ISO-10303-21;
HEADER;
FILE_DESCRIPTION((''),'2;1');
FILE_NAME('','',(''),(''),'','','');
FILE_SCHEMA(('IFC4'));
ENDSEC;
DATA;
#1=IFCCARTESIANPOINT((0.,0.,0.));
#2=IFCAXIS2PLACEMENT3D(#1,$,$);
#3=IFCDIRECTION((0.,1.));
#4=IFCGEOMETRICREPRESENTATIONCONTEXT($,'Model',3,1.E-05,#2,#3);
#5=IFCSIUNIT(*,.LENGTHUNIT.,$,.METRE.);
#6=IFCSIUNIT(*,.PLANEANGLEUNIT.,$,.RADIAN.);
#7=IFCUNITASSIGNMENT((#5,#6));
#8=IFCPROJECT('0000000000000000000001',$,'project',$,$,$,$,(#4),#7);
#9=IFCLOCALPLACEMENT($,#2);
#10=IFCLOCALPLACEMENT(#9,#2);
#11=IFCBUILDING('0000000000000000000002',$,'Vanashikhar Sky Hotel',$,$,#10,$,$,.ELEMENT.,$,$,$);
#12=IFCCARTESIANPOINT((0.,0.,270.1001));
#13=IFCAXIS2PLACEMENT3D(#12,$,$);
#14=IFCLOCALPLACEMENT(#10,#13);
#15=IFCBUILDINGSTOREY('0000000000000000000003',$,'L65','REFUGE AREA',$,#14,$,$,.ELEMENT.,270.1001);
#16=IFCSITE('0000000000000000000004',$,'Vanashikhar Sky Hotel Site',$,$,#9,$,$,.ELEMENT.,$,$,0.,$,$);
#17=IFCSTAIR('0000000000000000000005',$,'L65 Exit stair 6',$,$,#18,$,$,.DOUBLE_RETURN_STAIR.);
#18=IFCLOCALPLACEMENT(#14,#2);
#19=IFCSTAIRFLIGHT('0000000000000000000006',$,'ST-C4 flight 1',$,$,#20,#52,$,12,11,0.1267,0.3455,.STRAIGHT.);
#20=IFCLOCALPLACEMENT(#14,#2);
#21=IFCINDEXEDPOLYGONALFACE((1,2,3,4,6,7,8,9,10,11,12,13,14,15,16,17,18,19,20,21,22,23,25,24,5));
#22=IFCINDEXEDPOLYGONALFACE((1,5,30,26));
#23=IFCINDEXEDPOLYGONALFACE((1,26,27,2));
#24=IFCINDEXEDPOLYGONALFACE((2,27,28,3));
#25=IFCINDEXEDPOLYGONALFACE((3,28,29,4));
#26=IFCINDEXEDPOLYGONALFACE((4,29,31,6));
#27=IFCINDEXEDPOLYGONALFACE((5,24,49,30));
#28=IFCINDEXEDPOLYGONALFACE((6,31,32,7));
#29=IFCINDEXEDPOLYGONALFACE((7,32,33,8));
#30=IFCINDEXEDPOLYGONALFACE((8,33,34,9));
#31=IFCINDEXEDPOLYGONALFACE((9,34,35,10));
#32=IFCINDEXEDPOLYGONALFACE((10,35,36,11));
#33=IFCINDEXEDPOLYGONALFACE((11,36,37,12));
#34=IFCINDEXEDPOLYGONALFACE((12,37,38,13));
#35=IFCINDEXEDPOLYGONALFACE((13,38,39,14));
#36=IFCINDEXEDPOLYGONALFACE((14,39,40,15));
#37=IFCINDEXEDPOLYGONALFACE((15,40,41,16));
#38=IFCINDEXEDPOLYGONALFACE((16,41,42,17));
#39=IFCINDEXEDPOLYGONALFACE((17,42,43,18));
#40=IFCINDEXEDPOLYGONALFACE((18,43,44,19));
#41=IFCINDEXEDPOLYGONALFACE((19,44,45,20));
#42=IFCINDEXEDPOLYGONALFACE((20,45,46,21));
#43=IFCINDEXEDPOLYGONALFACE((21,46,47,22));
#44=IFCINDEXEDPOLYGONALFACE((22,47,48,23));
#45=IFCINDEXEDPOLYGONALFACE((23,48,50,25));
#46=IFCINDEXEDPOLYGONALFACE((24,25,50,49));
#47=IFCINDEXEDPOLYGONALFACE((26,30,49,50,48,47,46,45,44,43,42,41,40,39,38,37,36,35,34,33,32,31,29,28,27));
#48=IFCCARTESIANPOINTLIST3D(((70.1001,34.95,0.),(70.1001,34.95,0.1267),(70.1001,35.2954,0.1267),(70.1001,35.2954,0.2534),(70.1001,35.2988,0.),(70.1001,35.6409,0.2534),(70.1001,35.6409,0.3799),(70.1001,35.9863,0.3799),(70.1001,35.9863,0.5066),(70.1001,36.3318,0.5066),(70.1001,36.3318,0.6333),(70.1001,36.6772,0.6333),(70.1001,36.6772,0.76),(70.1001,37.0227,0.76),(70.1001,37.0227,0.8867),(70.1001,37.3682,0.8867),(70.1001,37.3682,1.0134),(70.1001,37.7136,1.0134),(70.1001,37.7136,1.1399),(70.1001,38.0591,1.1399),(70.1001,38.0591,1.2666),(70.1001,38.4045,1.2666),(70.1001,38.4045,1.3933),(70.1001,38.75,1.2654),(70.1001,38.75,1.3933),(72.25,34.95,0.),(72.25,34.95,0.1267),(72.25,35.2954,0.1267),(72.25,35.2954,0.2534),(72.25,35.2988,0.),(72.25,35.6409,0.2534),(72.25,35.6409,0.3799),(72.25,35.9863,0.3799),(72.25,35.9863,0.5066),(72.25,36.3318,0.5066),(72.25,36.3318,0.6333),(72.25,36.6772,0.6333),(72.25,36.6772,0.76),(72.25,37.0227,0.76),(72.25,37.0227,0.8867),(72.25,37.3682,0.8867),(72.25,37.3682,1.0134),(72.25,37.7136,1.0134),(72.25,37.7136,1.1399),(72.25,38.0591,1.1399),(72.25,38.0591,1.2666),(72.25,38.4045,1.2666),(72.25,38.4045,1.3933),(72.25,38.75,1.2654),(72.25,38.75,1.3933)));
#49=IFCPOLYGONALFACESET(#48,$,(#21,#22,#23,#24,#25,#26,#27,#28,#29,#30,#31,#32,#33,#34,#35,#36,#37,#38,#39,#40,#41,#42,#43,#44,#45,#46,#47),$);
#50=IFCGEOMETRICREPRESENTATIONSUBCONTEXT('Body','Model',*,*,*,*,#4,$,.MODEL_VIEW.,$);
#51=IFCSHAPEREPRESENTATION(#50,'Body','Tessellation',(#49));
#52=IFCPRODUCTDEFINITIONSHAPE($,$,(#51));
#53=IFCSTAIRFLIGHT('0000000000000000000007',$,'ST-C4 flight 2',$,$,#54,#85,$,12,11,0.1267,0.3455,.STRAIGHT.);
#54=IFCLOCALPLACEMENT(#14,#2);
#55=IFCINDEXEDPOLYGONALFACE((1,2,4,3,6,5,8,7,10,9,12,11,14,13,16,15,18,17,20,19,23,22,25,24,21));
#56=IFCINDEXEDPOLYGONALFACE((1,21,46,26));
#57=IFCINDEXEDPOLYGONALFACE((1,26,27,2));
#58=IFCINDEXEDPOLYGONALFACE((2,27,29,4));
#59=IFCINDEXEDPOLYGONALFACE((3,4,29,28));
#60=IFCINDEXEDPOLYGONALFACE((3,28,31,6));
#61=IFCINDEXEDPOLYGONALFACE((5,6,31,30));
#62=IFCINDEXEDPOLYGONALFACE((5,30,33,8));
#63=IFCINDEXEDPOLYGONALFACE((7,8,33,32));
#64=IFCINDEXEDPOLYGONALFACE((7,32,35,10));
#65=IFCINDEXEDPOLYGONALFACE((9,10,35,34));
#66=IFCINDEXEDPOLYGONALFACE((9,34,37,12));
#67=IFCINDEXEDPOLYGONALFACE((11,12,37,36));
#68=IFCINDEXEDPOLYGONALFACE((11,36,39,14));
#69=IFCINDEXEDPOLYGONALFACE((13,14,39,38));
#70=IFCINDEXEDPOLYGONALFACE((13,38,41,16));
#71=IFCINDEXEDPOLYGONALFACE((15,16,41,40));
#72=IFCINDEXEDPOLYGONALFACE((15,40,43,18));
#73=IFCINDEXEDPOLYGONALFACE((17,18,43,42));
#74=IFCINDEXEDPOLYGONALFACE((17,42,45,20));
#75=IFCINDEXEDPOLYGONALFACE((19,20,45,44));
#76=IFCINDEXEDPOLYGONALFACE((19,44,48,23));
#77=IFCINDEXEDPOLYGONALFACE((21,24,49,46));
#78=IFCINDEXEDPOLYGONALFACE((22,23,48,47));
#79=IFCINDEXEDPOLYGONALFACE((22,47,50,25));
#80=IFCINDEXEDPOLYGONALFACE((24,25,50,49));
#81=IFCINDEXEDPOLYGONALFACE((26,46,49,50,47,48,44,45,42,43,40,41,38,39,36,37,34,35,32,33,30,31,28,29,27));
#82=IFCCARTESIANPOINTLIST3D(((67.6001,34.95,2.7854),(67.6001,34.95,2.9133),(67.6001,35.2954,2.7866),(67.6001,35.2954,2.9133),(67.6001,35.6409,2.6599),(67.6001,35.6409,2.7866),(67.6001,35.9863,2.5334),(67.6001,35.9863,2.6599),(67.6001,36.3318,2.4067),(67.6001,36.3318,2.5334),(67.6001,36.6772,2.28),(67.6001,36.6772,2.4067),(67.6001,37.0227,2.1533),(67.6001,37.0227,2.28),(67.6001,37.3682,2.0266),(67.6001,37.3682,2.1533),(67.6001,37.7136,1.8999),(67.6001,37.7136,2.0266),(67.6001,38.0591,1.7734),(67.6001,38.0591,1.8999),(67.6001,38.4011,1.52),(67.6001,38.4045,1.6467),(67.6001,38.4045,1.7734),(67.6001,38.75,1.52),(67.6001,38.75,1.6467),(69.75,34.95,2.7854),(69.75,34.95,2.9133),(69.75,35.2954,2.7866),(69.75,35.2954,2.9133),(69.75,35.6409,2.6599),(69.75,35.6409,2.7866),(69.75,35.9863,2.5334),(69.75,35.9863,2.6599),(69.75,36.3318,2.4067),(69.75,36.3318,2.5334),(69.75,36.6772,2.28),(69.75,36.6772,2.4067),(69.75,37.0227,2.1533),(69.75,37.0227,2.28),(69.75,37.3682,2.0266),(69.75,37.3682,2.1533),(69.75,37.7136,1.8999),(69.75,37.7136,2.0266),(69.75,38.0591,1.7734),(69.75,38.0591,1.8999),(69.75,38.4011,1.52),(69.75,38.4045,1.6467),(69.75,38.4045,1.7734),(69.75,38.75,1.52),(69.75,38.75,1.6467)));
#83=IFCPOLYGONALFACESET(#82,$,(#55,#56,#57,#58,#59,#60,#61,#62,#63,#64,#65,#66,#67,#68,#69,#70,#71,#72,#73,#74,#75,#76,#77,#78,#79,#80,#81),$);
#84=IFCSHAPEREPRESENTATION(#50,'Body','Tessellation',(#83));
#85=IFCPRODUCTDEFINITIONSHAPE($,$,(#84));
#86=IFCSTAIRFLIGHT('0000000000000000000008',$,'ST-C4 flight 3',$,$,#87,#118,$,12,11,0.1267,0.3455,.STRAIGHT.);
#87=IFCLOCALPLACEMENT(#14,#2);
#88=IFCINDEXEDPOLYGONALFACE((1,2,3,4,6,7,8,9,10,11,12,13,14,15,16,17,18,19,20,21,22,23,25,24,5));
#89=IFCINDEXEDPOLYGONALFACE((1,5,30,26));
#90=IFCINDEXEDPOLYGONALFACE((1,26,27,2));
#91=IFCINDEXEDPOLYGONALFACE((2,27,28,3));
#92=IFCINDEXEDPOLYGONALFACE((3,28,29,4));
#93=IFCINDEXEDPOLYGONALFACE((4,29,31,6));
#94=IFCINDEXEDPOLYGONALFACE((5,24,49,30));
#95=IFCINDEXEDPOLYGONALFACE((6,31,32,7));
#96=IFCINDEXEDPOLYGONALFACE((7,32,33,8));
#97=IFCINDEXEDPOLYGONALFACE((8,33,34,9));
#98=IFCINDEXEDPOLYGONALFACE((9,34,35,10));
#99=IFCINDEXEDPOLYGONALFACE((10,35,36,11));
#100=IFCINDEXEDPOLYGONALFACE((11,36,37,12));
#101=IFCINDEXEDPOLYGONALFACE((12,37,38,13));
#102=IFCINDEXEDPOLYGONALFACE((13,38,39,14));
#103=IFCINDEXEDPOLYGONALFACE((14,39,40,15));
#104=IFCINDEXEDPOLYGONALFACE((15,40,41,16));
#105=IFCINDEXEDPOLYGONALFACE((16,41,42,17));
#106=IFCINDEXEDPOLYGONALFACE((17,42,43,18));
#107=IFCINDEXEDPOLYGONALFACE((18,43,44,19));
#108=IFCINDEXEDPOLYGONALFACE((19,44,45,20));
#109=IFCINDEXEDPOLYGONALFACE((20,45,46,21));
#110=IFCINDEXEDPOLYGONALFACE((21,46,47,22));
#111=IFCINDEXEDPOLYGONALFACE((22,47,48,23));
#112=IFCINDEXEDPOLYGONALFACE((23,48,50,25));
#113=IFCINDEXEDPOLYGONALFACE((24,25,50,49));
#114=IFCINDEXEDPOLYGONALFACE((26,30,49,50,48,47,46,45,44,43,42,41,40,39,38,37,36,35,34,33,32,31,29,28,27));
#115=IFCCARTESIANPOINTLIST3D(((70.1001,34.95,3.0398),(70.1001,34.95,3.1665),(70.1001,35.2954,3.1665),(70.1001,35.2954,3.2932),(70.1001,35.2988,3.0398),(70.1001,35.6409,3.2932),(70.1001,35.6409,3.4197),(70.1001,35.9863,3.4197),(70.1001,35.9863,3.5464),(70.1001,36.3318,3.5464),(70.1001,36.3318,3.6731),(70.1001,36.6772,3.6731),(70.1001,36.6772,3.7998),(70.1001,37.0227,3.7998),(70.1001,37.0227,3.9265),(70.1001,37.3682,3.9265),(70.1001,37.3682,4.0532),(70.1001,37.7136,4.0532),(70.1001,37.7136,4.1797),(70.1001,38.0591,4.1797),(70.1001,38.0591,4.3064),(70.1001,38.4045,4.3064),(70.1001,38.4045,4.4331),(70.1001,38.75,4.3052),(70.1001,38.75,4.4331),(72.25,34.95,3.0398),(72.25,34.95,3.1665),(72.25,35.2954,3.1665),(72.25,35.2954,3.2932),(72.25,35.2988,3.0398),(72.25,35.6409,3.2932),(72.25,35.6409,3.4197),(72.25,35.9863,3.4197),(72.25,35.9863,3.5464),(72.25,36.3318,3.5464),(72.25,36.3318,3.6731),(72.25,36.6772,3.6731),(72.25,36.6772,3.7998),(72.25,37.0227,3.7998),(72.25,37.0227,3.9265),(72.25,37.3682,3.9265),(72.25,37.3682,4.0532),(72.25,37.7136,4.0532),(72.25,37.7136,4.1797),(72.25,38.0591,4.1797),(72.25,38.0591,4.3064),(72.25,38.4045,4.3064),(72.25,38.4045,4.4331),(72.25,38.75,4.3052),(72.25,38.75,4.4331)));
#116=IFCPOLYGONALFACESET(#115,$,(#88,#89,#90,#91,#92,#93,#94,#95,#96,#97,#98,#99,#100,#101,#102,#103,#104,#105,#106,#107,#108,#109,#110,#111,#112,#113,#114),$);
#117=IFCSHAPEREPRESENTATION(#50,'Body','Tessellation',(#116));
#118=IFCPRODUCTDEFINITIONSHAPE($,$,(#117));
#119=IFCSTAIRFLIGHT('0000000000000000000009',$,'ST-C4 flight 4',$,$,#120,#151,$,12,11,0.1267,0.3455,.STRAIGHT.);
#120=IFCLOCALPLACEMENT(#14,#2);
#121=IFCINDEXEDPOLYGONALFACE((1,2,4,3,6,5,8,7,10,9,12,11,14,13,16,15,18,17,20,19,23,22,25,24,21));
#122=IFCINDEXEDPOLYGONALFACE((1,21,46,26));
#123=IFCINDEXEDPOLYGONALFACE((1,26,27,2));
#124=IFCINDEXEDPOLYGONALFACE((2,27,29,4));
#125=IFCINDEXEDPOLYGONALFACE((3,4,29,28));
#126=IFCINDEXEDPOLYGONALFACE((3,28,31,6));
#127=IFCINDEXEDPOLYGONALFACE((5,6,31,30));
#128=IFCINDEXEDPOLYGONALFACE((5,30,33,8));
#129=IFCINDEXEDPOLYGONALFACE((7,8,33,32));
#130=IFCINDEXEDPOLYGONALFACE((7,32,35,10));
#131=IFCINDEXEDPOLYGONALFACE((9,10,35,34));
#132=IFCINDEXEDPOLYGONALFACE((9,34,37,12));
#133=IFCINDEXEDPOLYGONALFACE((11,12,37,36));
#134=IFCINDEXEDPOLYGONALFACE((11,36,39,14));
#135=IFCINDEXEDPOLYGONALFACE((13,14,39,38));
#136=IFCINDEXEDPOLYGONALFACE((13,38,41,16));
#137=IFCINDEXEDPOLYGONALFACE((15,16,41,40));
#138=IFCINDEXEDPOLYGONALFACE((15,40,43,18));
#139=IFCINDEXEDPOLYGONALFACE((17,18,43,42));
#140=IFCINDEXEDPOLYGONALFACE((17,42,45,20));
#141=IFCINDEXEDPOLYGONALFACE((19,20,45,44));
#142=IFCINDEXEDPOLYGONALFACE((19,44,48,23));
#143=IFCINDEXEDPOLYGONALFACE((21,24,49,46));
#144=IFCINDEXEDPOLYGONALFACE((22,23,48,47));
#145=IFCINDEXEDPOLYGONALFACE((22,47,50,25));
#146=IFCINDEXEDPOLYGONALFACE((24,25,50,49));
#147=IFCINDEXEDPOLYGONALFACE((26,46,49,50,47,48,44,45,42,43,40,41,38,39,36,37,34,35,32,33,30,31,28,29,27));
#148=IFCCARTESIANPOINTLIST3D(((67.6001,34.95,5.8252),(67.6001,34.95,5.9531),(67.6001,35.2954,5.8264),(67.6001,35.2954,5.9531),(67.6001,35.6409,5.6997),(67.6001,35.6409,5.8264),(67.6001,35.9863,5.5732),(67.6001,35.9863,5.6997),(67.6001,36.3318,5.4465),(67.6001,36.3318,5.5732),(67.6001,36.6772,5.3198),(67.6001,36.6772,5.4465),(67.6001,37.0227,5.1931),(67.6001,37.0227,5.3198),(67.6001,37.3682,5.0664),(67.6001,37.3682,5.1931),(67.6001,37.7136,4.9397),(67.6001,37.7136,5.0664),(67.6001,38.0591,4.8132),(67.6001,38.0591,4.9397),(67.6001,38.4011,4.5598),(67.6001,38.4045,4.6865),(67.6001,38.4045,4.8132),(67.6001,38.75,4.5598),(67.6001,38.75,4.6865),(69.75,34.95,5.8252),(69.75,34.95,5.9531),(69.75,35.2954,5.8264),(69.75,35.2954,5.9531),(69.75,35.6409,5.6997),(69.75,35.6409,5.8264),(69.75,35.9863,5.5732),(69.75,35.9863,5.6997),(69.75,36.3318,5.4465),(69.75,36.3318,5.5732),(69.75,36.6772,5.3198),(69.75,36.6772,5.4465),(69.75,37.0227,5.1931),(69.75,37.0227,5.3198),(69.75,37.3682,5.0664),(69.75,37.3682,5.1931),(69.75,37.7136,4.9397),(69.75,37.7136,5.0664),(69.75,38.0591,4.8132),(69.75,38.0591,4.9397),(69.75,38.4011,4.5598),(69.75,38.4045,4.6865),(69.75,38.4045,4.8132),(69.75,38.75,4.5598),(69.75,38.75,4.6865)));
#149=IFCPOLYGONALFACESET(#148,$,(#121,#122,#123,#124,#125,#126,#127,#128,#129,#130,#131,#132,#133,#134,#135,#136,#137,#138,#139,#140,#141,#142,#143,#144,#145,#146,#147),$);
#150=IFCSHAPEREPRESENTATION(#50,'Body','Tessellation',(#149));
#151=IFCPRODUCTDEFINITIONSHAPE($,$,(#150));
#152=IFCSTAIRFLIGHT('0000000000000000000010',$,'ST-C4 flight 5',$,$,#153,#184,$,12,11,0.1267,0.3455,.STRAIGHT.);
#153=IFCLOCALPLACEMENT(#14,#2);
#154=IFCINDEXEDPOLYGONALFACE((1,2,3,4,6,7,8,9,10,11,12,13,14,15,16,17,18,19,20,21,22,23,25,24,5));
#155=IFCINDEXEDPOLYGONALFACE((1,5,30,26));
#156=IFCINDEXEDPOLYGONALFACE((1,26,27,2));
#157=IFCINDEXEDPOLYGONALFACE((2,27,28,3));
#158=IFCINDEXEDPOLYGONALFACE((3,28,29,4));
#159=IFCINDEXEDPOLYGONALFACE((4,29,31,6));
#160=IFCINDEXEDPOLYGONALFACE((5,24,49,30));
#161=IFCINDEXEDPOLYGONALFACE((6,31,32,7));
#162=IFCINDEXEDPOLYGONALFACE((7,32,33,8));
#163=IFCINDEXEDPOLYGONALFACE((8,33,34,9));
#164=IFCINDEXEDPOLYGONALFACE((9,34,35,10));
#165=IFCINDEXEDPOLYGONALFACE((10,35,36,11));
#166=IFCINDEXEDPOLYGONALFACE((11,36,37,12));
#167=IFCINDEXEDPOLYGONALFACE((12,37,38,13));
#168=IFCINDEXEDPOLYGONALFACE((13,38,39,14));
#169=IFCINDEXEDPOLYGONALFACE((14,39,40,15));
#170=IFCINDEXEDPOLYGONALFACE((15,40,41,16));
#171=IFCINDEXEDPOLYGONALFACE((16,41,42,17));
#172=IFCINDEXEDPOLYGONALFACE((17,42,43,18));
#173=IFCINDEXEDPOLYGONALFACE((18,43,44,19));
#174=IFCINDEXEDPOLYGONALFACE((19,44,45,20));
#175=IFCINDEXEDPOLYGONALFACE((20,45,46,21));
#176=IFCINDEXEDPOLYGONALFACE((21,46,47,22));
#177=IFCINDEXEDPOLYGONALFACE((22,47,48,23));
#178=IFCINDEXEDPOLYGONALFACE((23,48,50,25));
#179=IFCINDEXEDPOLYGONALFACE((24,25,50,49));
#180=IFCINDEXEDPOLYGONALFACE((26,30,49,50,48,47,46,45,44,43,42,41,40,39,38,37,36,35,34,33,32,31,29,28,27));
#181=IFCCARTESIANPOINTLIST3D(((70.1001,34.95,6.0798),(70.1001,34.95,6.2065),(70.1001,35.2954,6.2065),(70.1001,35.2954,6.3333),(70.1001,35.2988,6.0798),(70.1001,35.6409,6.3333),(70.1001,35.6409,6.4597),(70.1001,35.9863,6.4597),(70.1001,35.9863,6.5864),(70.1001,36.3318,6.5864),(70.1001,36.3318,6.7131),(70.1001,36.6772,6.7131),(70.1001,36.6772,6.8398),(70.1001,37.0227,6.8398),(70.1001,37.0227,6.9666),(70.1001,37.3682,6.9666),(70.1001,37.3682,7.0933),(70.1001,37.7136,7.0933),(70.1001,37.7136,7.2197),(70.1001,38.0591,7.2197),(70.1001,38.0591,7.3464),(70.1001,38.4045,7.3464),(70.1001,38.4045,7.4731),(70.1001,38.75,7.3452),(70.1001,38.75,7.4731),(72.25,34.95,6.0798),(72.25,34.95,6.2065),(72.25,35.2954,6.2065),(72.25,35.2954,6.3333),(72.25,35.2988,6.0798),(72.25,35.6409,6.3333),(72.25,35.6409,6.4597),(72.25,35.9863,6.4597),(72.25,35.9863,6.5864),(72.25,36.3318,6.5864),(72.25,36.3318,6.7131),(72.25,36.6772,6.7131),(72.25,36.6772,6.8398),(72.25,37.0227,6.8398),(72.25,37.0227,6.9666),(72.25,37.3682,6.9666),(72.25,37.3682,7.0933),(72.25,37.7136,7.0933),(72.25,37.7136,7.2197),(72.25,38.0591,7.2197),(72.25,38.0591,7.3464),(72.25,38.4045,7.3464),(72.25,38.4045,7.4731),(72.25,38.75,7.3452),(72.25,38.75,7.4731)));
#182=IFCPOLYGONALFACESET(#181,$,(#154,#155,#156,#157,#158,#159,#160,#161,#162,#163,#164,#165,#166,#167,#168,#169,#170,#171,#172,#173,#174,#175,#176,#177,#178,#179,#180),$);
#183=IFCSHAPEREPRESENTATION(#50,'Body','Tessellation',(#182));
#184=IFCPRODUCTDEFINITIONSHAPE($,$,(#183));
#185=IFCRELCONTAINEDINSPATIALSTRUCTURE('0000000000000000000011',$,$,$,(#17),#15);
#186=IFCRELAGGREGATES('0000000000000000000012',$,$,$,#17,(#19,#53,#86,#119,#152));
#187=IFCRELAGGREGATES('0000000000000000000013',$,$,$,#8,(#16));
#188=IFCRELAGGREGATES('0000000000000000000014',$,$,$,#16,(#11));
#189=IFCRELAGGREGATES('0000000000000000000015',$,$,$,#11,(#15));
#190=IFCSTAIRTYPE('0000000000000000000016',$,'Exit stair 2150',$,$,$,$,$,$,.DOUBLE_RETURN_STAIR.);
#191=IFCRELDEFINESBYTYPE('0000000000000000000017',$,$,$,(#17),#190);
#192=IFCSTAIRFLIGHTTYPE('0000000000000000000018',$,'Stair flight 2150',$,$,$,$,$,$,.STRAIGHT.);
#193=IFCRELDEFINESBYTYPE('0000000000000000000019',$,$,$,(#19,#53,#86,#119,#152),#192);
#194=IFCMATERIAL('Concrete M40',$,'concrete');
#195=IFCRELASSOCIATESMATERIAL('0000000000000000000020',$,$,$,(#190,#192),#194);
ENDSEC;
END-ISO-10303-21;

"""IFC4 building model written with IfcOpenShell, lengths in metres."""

from ifc_helpers import new_model, si_unit, direction, frame, origin, place, context, subcontext, project, spatial, polyline, outline, extrude, source, transform, mapped, material, type_object, element, aggregate, save


model = new_model("IFC4")

# Units and contexts
model_context = context("Model", 3, precision=1e-05, world=origin(), true_north=direction((0.0, 1.0)))
body_context = subcontext(model_context, "Body", "Model", "MODEL_VIEW")
ifc_project = project(units=[si_unit("LENGTHUNIT", "METRE"), si_unit("PLANEANGLEUNIT", "RADIAN")], contexts=[model_context])

# Site, building, storey
site_placement = place(None, origin())
site = spatial("IfcSite", under=ifc_project, at=site_placement, Name="Vanashikhar Sky Hotel Site", CompositionType="ELEMENT", RefElevation=0.0)
building_placement = place(site_placement, origin())
building = spatial("IfcBuilding", under=site, at=building_placement, Name="Vanashikhar Sky Hotel", CompositionType="ELEMENT")
storey_placement = place(building_placement, frame((0.0, 0.0, 270.1001)))
storey = spatial("IfcBuildingStorey", under=building, at=storey_placement, Name="L65", Description="REFUGE AREA", CompositionType="ELEMENT", Elevation=270.1001)

# Stair, stair flights
ifc_material_1 = material(Name="Concrete M40", Category="concrete")
stair_type = type_object("IfcStairType", Name="Exit stair 2150", PredefinedType="DOUBLE_RETURN_STAIR", material=ifc_material_1)
stair_flight_type = type_object("IfcStairFlightType", Name="Stair flight 2150", PredefinedType="STRAIGHT", material=ifc_material_1)
shared_shape_1 = source(origin(), body_context, "Body", "SweptSolid", [
    extrude(outline(polyline([(0.0, 0.0), (0.0, 0.1267), (0.3455, 0.1267), (0.3455, 0.2534), (0.6909, 0.2534), (0.6909, 0.3799), (1.0364, 0.3799), (1.0364, 0.5066), (1.3818, 0.5066), (1.3818, 0.6333), (1.7273, 0.6333), (1.7273, 0.76), (2.0728, 0.76), (2.0728, 0.8867), (2.4182, 0.8867), (2.4182, 1.0134), (2.7637, 1.0134), (2.7637, 1.1399), (3.1091, 1.1399), (3.1091, 1.2666), (3.4546, 1.2666), (3.4546, 1.3933), (3.8, 1.3933), (3.8, 1.52), (3.8, 1.2654), (0.3489, 0.0), (0.0, 0.0)])), frame((0.0, 1.075, 0.0), z_axis=(0.0, -1.0, 0.0), x_axis=(1.0, 0.0, 0.0)), (0.0, 0.0, 1.0), 2.1499),
])
stair_1_placement = place(storey_placement, origin())
stair_1 = element("IfcStair", 1, at=stair_1_placement, inside=storey, type_object=stair_type, Name="L65 Exit stair 6", PredefinedType="DOUBLE_RETURN_STAIR")
stair_flight_1_placement = place(storey_placement, frame((71.175, 34.95, 0.0), z_axis=(0.0, 0.0, 1.0), x_axis=(0.0, 1.0, 0.0)))
stair_flight_1 = element("IfcStairFlight", 2, at=stair_flight_1_placement, type_object=stair_flight_type, Name="ST-C4 flight 1", NumberOfRisers=12, NumberOfTreads=11, PredefinedType="STRAIGHT", RiserHeight=0.1267, TreadLength=0.3455, context=body_context, shape_type="MappedRepresentation", body=[
    mapped(shared_shape_1, transform((0.0, 0.0, 0.0), scale=1.0)),
])
stair_flight_2_placement = place(storey_placement, frame((68.675, 38.75, 1.52), z_axis=(0.0, 0.0, 1.0), x_axis=(0.0, -1.0, 0.0)))
stair_flight_2 = element("IfcStairFlight", 3, at=stair_flight_2_placement, type_object=stair_flight_type, Name="ST-C4 flight 2", NumberOfRisers=12, NumberOfTreads=11, PredefinedType="STRAIGHT", RiserHeight=0.1267, TreadLength=0.3455, context=body_context, shape_type="MappedRepresentation", body=[
    mapped(shared_shape_1, transform((0.0, 0.0, 0.0), scale=1.0)),
])
stair_flight_3_placement = place(storey_placement, frame((71.175, 34.95, 3.0398), z_axis=(0.0, 0.0, 1.0), x_axis=(0.0, 1.0, 0.0)))
stair_flight_3 = element("IfcStairFlight", 4, at=stair_flight_3_placement, type_object=stair_flight_type, Name="ST-C4 flight 3", NumberOfRisers=12, NumberOfTreads=11, PredefinedType="STRAIGHT", RiserHeight=0.1267, TreadLength=0.3455, context=body_context, shape_type="MappedRepresentation", body=[
    mapped(shared_shape_1, transform((0.0, 0.0, 0.0), scale=1.0)),
])
stair_flight_4_placement = place(storey_placement, frame((68.675, 38.75, 4.5598), z_axis=(0.0, 0.0, 1.0), x_axis=(0.0, -1.0, 0.0)))
stair_flight_4 = element("IfcStairFlight", 5, at=stair_flight_4_placement, type_object=stair_flight_type, Name="ST-C4 flight 4", NumberOfRisers=12, NumberOfTreads=11, PredefinedType="STRAIGHT", RiserHeight=0.1267, TreadLength=0.3455, context=body_context, shape_type="MappedRepresentation", body=[
    mapped(shared_shape_1, transform((0.0, 0.0, 0.0), scale=1.0)),
])
stair_flight_5_placement = place(storey_placement, frame((71.175, 34.95, 6.0798), z_axis=(0.0, 0.0, 1.0), x_axis=(0.0, 1.0, 0.0)))
stair_flight_5 = element("IfcStairFlight", 6, at=stair_flight_5_placement, type_object=stair_flight_type, Name="ST-C4 flight 5", NumberOfRisers=12, NumberOfTreads=11, PredefinedType="STRAIGHT", RiserHeight=0.1267, TreadLength=0.3455, context=body_context, shape_type="MappedRepresentation", body=[
    mapped(shared_shape_1, transform((0.0, 0.0, 0.0), scale=1.0)),
])
aggregate(stair_1, [stair_flight_1, stair_flight_2, stair_flight_3, stair_flight_4, stair_flight_5])

save(model, "model.ifc")
